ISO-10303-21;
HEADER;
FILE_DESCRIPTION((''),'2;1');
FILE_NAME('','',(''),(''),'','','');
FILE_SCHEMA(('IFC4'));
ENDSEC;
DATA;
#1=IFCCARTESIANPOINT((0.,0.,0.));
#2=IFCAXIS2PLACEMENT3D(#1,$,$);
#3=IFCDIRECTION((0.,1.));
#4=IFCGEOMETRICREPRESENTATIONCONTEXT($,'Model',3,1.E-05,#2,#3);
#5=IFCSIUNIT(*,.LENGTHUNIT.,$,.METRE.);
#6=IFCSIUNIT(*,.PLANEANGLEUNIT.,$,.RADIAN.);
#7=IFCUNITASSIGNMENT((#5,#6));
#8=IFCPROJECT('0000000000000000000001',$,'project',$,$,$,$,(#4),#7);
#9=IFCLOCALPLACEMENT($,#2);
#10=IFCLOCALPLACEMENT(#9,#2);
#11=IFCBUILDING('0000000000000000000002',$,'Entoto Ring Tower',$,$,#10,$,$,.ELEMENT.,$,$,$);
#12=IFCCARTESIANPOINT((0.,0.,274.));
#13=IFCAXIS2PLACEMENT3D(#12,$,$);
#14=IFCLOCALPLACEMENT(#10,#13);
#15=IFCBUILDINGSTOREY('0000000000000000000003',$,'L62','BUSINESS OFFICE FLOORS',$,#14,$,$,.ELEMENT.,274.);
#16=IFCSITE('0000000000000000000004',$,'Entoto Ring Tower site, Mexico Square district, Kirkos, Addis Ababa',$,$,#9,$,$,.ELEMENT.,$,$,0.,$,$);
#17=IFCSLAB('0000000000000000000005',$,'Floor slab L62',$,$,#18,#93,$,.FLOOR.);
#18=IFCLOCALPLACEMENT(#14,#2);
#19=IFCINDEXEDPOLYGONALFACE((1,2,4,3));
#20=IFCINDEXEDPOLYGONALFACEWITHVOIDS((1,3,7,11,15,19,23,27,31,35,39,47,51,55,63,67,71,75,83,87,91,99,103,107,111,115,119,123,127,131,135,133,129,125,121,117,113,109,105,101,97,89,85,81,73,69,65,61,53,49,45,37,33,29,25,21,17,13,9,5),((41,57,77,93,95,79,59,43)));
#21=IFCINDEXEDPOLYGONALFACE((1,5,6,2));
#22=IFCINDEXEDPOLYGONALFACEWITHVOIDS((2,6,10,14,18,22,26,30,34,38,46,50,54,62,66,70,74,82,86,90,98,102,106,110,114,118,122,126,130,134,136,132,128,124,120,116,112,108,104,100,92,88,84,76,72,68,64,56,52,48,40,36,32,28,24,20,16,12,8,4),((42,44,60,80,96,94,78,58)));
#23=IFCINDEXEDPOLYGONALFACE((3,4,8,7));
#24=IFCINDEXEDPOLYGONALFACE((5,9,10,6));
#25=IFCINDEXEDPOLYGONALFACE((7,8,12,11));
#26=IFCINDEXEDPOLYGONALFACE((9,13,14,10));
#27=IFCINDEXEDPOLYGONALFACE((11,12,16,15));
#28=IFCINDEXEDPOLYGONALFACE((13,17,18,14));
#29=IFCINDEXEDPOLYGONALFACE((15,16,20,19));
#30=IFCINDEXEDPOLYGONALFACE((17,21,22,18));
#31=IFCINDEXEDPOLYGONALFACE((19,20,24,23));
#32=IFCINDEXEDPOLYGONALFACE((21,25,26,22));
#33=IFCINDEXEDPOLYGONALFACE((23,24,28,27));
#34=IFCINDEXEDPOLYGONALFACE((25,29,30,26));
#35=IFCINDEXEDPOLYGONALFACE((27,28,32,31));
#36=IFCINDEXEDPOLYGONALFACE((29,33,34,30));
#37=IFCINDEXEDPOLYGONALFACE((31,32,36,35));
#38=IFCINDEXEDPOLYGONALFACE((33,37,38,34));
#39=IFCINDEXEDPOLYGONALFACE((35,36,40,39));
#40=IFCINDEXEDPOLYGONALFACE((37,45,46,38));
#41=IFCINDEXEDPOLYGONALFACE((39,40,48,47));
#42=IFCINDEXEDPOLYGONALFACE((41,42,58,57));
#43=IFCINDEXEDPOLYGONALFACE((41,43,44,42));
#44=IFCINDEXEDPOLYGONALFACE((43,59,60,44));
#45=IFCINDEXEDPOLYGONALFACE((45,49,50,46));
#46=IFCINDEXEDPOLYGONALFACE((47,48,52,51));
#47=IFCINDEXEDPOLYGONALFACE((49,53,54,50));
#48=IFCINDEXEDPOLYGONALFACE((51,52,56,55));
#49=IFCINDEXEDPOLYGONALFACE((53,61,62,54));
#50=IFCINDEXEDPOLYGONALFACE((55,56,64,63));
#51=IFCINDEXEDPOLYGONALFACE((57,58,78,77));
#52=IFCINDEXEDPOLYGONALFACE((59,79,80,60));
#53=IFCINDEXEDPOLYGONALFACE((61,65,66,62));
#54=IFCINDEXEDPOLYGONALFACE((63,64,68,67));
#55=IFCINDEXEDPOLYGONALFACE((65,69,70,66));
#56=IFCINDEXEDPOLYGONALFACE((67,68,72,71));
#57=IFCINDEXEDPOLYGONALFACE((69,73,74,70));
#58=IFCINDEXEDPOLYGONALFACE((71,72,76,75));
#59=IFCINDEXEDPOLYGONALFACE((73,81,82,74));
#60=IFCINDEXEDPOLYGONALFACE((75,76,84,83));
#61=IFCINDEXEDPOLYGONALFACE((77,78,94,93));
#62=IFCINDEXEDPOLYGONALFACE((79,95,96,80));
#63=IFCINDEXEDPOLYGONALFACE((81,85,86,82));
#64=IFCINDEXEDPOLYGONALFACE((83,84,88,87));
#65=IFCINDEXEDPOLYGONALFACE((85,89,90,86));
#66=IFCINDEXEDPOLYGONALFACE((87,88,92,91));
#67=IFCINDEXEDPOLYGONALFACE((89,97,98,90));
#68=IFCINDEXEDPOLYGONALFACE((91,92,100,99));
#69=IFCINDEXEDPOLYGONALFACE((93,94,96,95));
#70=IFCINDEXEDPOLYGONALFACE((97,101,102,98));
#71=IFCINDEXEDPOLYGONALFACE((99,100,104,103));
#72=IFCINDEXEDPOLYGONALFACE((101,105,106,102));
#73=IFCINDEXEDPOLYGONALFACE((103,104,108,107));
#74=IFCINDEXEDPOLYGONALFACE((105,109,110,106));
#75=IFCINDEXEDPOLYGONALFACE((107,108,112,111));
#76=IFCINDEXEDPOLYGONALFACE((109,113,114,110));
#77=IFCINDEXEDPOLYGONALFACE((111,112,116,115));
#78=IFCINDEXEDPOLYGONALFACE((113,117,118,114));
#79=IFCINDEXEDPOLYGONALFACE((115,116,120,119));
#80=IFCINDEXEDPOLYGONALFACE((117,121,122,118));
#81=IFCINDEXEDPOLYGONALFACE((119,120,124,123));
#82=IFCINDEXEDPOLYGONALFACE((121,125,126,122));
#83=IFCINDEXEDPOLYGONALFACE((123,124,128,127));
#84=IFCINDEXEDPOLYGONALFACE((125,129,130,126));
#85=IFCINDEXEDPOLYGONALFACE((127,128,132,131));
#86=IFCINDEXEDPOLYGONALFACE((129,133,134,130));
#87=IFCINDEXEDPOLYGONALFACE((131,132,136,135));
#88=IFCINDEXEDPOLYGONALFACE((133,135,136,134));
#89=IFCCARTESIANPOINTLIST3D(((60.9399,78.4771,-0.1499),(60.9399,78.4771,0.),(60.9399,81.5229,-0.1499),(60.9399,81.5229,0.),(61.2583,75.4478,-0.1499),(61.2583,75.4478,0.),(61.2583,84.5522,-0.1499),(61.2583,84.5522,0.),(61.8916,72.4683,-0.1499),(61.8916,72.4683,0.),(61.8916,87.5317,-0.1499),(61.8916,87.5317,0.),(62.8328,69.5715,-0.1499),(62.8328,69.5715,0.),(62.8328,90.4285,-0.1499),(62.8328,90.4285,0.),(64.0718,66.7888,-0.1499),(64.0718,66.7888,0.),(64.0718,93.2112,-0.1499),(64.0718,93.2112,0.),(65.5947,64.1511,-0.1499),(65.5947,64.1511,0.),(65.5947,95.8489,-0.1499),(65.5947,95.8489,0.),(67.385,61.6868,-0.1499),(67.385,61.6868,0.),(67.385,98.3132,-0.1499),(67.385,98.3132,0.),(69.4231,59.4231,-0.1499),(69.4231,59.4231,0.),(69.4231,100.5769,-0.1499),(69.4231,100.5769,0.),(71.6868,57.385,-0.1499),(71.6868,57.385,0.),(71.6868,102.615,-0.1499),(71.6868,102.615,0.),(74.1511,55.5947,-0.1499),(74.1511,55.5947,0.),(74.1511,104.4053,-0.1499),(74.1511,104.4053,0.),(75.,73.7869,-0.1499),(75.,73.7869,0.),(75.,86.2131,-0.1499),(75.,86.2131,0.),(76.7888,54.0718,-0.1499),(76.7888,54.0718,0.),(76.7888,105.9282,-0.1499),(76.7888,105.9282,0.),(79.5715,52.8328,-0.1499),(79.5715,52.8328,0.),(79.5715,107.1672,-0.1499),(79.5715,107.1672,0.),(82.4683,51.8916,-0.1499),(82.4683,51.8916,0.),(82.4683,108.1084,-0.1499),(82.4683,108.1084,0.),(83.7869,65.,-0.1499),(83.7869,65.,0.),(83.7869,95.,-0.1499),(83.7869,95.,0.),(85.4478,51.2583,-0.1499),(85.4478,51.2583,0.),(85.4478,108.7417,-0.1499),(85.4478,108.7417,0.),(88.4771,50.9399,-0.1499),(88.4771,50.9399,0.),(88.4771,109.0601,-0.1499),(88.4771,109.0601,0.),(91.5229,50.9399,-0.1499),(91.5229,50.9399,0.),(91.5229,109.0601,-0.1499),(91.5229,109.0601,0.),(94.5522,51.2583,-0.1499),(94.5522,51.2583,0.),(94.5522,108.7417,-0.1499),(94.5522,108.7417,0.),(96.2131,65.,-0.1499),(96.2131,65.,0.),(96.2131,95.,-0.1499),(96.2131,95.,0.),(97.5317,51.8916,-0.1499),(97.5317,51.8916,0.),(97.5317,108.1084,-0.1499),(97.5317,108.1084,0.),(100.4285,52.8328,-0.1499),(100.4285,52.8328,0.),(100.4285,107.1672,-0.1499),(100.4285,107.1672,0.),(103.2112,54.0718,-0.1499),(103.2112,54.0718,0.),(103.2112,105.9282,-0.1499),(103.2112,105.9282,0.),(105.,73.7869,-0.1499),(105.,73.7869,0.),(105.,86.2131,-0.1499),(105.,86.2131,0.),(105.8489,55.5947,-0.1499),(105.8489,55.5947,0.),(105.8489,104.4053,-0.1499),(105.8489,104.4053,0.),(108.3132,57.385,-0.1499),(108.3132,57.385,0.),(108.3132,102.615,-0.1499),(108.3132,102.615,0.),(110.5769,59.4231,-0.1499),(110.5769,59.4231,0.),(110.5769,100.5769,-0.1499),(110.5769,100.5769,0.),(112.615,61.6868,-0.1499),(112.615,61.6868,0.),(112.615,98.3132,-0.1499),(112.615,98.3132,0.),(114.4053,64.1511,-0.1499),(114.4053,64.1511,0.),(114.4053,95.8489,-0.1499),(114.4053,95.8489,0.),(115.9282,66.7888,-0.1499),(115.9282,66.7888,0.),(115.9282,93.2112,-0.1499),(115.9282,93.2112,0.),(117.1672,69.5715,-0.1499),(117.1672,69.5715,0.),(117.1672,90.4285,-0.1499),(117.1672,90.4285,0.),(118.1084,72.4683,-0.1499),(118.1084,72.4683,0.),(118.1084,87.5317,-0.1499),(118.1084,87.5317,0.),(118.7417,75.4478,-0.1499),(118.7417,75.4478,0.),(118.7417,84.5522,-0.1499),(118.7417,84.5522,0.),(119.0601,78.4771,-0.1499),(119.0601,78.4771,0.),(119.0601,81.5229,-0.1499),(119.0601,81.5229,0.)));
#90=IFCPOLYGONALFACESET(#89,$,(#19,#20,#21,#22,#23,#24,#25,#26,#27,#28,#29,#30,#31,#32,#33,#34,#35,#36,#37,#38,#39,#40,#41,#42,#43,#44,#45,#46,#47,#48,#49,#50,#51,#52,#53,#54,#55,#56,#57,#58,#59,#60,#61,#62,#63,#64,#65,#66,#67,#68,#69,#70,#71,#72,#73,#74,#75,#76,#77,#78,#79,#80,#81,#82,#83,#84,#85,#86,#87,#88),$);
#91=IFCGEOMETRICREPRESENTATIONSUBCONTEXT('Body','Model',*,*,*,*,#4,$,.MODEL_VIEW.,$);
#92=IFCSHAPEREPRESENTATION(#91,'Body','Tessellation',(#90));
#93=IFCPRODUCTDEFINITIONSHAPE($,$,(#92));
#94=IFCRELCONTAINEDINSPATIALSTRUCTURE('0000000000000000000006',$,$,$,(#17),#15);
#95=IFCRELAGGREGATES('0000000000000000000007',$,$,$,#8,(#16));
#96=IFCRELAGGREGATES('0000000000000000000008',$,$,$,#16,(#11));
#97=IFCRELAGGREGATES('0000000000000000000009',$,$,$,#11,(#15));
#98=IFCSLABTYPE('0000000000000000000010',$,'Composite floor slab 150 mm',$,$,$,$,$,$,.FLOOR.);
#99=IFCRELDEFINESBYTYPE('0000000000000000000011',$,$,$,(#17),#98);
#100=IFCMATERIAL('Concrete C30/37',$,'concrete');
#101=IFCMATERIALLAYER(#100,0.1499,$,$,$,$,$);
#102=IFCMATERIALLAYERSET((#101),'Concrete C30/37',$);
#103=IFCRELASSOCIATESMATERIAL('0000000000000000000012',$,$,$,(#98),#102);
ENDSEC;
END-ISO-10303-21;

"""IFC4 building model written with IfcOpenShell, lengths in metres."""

from ifc_helpers import new_model, si_unit, direction, frame, origin, place, context, subcontext, project, spatial, polyline, outline, extrude, material, layer, layer_set, type_object, element, save


model = new_model("IFC4")

# Units and contexts
model_context = context("Model", 3, precision=1e-05, world=origin(), true_north=direction((0.0, 1.0)))
body_context = subcontext(model_context, "Body", "Model", "MODEL_VIEW")
ifc_project = project(units=[si_unit("LENGTHUNIT", "METRE"), si_unit("PLANEANGLEUNIT", "RADIAN")], contexts=[model_context])

# Site, building, storey
site_placement = place(None, origin())
building_placement = place(site_placement, origin())
storey_placement = place(building_placement, frame((0.0, 0.0, 274.0)))
site = spatial("IfcSite", under=ifc_project, at=site_placement, Name="Entoto Ring Tower site, Mexico Square district, Kirkos, Addis Ababa", CompositionType="ELEMENT", RefElevation=0.0)
building = spatial("IfcBuilding", under=site, at=building_placement, Name="Entoto Ring Tower", CompositionType="ELEMENT")
storey = spatial("IfcBuildingStorey", under=building, at=storey_placement, Name="L62", Description="BUSINESS OFFICE FLOORS", CompositionType="ELEMENT", Elevation=274.0)

# Slab
ifc_material_1 = material(Name="Concrete C30/37", Category="concrete")
ifc_layer_1 = layer(ifc_material_1, 0.1499)
ifc_layer_set_1 = layer_set([ifc_layer_1], Name="Concrete C30/37")
slab_type = type_object("IfcSlabType", Name="Composite floor slab 150 mm", PredefinedType="FLOOR", material=ifc_layer_set_1)
slab_placement = place(storey_placement, frame((0.0, 0.0, -0.1499)))
element("IfcSlab", 1, at=slab_placement, inside=storey, type_object=slab_type, Name="Floor slab L62", PredefinedType="FLOOR", context=body_context, shape_type="SweptSolid", body=[
    extrude(outline(polyline([(118.7417, 84.5522), (118.1084, 87.5317), (117.1672, 90.4285), (115.9282, 93.2112), (114.4053, 95.8489), (112.615, 98.3132), (110.5769, 100.5769), (108.3132, 102.615), (105.8489, 104.4053), (103.2112, 105.9282), (100.4285, 107.1672), (97.5317, 108.1084), (94.5522, 108.7417), (91.5229, 109.0601), (88.4771, 109.0601), (85.4478, 108.7417), (82.4683, 108.1084), (79.5715, 107.1672), (76.7888, 105.9282), (74.1511, 104.4053), (71.6868, 102.615), (69.4231, 100.5769), (67.385, 98.3132), (65.5947, 95.8489), (64.0718, 93.2112), (62.8328, 90.4285), (61.8916, 87.5317), (61.2583, 84.5522), (60.9399, 81.5229), (60.9399, 78.4771), (61.2583, 75.4478), (61.8916, 72.4683), (62.8328, 69.5715), (64.0718, 66.7888), (65.5947, 64.1511), (67.385, 61.6868), (69.4231, 59.4231), (71.6868, 57.385), (74.1511, 55.5947), (76.7888, 54.0718), (79.5715, 52.8328), (82.4683, 51.8916), (85.4478, 51.2583), (88.4771, 50.9399), (91.5229, 50.9399), (94.5522, 51.2583), (97.5317, 51.8916), (100.4285, 52.8328), (103.2112, 54.0718), (105.8489, 55.5947), (108.3132, 57.385), (110.5769, 59.4231), (112.615, 61.6868), (114.4053, 64.1511), (115.9282, 66.7888), (117.1672, 69.5715), (118.1084, 72.4683), (118.7417, 75.4478), (119.0601, 78.4771), (119.0601, 81.5229), (118.7417, 84.5522)]), holes=[polyline([(105.0, 73.7869), (105.0, 86.2131), (96.2131, 95.0), (83.7869, 95.0), (75.0, 86.2131), (75.0, 73.7869), (83.7869, 65.0), (96.2131, 65.0), (105.0, 73.7869)])]), origin(), (0.0, 0.0, 1.0), 0.1499),
])

save(model, "model.ifc")
